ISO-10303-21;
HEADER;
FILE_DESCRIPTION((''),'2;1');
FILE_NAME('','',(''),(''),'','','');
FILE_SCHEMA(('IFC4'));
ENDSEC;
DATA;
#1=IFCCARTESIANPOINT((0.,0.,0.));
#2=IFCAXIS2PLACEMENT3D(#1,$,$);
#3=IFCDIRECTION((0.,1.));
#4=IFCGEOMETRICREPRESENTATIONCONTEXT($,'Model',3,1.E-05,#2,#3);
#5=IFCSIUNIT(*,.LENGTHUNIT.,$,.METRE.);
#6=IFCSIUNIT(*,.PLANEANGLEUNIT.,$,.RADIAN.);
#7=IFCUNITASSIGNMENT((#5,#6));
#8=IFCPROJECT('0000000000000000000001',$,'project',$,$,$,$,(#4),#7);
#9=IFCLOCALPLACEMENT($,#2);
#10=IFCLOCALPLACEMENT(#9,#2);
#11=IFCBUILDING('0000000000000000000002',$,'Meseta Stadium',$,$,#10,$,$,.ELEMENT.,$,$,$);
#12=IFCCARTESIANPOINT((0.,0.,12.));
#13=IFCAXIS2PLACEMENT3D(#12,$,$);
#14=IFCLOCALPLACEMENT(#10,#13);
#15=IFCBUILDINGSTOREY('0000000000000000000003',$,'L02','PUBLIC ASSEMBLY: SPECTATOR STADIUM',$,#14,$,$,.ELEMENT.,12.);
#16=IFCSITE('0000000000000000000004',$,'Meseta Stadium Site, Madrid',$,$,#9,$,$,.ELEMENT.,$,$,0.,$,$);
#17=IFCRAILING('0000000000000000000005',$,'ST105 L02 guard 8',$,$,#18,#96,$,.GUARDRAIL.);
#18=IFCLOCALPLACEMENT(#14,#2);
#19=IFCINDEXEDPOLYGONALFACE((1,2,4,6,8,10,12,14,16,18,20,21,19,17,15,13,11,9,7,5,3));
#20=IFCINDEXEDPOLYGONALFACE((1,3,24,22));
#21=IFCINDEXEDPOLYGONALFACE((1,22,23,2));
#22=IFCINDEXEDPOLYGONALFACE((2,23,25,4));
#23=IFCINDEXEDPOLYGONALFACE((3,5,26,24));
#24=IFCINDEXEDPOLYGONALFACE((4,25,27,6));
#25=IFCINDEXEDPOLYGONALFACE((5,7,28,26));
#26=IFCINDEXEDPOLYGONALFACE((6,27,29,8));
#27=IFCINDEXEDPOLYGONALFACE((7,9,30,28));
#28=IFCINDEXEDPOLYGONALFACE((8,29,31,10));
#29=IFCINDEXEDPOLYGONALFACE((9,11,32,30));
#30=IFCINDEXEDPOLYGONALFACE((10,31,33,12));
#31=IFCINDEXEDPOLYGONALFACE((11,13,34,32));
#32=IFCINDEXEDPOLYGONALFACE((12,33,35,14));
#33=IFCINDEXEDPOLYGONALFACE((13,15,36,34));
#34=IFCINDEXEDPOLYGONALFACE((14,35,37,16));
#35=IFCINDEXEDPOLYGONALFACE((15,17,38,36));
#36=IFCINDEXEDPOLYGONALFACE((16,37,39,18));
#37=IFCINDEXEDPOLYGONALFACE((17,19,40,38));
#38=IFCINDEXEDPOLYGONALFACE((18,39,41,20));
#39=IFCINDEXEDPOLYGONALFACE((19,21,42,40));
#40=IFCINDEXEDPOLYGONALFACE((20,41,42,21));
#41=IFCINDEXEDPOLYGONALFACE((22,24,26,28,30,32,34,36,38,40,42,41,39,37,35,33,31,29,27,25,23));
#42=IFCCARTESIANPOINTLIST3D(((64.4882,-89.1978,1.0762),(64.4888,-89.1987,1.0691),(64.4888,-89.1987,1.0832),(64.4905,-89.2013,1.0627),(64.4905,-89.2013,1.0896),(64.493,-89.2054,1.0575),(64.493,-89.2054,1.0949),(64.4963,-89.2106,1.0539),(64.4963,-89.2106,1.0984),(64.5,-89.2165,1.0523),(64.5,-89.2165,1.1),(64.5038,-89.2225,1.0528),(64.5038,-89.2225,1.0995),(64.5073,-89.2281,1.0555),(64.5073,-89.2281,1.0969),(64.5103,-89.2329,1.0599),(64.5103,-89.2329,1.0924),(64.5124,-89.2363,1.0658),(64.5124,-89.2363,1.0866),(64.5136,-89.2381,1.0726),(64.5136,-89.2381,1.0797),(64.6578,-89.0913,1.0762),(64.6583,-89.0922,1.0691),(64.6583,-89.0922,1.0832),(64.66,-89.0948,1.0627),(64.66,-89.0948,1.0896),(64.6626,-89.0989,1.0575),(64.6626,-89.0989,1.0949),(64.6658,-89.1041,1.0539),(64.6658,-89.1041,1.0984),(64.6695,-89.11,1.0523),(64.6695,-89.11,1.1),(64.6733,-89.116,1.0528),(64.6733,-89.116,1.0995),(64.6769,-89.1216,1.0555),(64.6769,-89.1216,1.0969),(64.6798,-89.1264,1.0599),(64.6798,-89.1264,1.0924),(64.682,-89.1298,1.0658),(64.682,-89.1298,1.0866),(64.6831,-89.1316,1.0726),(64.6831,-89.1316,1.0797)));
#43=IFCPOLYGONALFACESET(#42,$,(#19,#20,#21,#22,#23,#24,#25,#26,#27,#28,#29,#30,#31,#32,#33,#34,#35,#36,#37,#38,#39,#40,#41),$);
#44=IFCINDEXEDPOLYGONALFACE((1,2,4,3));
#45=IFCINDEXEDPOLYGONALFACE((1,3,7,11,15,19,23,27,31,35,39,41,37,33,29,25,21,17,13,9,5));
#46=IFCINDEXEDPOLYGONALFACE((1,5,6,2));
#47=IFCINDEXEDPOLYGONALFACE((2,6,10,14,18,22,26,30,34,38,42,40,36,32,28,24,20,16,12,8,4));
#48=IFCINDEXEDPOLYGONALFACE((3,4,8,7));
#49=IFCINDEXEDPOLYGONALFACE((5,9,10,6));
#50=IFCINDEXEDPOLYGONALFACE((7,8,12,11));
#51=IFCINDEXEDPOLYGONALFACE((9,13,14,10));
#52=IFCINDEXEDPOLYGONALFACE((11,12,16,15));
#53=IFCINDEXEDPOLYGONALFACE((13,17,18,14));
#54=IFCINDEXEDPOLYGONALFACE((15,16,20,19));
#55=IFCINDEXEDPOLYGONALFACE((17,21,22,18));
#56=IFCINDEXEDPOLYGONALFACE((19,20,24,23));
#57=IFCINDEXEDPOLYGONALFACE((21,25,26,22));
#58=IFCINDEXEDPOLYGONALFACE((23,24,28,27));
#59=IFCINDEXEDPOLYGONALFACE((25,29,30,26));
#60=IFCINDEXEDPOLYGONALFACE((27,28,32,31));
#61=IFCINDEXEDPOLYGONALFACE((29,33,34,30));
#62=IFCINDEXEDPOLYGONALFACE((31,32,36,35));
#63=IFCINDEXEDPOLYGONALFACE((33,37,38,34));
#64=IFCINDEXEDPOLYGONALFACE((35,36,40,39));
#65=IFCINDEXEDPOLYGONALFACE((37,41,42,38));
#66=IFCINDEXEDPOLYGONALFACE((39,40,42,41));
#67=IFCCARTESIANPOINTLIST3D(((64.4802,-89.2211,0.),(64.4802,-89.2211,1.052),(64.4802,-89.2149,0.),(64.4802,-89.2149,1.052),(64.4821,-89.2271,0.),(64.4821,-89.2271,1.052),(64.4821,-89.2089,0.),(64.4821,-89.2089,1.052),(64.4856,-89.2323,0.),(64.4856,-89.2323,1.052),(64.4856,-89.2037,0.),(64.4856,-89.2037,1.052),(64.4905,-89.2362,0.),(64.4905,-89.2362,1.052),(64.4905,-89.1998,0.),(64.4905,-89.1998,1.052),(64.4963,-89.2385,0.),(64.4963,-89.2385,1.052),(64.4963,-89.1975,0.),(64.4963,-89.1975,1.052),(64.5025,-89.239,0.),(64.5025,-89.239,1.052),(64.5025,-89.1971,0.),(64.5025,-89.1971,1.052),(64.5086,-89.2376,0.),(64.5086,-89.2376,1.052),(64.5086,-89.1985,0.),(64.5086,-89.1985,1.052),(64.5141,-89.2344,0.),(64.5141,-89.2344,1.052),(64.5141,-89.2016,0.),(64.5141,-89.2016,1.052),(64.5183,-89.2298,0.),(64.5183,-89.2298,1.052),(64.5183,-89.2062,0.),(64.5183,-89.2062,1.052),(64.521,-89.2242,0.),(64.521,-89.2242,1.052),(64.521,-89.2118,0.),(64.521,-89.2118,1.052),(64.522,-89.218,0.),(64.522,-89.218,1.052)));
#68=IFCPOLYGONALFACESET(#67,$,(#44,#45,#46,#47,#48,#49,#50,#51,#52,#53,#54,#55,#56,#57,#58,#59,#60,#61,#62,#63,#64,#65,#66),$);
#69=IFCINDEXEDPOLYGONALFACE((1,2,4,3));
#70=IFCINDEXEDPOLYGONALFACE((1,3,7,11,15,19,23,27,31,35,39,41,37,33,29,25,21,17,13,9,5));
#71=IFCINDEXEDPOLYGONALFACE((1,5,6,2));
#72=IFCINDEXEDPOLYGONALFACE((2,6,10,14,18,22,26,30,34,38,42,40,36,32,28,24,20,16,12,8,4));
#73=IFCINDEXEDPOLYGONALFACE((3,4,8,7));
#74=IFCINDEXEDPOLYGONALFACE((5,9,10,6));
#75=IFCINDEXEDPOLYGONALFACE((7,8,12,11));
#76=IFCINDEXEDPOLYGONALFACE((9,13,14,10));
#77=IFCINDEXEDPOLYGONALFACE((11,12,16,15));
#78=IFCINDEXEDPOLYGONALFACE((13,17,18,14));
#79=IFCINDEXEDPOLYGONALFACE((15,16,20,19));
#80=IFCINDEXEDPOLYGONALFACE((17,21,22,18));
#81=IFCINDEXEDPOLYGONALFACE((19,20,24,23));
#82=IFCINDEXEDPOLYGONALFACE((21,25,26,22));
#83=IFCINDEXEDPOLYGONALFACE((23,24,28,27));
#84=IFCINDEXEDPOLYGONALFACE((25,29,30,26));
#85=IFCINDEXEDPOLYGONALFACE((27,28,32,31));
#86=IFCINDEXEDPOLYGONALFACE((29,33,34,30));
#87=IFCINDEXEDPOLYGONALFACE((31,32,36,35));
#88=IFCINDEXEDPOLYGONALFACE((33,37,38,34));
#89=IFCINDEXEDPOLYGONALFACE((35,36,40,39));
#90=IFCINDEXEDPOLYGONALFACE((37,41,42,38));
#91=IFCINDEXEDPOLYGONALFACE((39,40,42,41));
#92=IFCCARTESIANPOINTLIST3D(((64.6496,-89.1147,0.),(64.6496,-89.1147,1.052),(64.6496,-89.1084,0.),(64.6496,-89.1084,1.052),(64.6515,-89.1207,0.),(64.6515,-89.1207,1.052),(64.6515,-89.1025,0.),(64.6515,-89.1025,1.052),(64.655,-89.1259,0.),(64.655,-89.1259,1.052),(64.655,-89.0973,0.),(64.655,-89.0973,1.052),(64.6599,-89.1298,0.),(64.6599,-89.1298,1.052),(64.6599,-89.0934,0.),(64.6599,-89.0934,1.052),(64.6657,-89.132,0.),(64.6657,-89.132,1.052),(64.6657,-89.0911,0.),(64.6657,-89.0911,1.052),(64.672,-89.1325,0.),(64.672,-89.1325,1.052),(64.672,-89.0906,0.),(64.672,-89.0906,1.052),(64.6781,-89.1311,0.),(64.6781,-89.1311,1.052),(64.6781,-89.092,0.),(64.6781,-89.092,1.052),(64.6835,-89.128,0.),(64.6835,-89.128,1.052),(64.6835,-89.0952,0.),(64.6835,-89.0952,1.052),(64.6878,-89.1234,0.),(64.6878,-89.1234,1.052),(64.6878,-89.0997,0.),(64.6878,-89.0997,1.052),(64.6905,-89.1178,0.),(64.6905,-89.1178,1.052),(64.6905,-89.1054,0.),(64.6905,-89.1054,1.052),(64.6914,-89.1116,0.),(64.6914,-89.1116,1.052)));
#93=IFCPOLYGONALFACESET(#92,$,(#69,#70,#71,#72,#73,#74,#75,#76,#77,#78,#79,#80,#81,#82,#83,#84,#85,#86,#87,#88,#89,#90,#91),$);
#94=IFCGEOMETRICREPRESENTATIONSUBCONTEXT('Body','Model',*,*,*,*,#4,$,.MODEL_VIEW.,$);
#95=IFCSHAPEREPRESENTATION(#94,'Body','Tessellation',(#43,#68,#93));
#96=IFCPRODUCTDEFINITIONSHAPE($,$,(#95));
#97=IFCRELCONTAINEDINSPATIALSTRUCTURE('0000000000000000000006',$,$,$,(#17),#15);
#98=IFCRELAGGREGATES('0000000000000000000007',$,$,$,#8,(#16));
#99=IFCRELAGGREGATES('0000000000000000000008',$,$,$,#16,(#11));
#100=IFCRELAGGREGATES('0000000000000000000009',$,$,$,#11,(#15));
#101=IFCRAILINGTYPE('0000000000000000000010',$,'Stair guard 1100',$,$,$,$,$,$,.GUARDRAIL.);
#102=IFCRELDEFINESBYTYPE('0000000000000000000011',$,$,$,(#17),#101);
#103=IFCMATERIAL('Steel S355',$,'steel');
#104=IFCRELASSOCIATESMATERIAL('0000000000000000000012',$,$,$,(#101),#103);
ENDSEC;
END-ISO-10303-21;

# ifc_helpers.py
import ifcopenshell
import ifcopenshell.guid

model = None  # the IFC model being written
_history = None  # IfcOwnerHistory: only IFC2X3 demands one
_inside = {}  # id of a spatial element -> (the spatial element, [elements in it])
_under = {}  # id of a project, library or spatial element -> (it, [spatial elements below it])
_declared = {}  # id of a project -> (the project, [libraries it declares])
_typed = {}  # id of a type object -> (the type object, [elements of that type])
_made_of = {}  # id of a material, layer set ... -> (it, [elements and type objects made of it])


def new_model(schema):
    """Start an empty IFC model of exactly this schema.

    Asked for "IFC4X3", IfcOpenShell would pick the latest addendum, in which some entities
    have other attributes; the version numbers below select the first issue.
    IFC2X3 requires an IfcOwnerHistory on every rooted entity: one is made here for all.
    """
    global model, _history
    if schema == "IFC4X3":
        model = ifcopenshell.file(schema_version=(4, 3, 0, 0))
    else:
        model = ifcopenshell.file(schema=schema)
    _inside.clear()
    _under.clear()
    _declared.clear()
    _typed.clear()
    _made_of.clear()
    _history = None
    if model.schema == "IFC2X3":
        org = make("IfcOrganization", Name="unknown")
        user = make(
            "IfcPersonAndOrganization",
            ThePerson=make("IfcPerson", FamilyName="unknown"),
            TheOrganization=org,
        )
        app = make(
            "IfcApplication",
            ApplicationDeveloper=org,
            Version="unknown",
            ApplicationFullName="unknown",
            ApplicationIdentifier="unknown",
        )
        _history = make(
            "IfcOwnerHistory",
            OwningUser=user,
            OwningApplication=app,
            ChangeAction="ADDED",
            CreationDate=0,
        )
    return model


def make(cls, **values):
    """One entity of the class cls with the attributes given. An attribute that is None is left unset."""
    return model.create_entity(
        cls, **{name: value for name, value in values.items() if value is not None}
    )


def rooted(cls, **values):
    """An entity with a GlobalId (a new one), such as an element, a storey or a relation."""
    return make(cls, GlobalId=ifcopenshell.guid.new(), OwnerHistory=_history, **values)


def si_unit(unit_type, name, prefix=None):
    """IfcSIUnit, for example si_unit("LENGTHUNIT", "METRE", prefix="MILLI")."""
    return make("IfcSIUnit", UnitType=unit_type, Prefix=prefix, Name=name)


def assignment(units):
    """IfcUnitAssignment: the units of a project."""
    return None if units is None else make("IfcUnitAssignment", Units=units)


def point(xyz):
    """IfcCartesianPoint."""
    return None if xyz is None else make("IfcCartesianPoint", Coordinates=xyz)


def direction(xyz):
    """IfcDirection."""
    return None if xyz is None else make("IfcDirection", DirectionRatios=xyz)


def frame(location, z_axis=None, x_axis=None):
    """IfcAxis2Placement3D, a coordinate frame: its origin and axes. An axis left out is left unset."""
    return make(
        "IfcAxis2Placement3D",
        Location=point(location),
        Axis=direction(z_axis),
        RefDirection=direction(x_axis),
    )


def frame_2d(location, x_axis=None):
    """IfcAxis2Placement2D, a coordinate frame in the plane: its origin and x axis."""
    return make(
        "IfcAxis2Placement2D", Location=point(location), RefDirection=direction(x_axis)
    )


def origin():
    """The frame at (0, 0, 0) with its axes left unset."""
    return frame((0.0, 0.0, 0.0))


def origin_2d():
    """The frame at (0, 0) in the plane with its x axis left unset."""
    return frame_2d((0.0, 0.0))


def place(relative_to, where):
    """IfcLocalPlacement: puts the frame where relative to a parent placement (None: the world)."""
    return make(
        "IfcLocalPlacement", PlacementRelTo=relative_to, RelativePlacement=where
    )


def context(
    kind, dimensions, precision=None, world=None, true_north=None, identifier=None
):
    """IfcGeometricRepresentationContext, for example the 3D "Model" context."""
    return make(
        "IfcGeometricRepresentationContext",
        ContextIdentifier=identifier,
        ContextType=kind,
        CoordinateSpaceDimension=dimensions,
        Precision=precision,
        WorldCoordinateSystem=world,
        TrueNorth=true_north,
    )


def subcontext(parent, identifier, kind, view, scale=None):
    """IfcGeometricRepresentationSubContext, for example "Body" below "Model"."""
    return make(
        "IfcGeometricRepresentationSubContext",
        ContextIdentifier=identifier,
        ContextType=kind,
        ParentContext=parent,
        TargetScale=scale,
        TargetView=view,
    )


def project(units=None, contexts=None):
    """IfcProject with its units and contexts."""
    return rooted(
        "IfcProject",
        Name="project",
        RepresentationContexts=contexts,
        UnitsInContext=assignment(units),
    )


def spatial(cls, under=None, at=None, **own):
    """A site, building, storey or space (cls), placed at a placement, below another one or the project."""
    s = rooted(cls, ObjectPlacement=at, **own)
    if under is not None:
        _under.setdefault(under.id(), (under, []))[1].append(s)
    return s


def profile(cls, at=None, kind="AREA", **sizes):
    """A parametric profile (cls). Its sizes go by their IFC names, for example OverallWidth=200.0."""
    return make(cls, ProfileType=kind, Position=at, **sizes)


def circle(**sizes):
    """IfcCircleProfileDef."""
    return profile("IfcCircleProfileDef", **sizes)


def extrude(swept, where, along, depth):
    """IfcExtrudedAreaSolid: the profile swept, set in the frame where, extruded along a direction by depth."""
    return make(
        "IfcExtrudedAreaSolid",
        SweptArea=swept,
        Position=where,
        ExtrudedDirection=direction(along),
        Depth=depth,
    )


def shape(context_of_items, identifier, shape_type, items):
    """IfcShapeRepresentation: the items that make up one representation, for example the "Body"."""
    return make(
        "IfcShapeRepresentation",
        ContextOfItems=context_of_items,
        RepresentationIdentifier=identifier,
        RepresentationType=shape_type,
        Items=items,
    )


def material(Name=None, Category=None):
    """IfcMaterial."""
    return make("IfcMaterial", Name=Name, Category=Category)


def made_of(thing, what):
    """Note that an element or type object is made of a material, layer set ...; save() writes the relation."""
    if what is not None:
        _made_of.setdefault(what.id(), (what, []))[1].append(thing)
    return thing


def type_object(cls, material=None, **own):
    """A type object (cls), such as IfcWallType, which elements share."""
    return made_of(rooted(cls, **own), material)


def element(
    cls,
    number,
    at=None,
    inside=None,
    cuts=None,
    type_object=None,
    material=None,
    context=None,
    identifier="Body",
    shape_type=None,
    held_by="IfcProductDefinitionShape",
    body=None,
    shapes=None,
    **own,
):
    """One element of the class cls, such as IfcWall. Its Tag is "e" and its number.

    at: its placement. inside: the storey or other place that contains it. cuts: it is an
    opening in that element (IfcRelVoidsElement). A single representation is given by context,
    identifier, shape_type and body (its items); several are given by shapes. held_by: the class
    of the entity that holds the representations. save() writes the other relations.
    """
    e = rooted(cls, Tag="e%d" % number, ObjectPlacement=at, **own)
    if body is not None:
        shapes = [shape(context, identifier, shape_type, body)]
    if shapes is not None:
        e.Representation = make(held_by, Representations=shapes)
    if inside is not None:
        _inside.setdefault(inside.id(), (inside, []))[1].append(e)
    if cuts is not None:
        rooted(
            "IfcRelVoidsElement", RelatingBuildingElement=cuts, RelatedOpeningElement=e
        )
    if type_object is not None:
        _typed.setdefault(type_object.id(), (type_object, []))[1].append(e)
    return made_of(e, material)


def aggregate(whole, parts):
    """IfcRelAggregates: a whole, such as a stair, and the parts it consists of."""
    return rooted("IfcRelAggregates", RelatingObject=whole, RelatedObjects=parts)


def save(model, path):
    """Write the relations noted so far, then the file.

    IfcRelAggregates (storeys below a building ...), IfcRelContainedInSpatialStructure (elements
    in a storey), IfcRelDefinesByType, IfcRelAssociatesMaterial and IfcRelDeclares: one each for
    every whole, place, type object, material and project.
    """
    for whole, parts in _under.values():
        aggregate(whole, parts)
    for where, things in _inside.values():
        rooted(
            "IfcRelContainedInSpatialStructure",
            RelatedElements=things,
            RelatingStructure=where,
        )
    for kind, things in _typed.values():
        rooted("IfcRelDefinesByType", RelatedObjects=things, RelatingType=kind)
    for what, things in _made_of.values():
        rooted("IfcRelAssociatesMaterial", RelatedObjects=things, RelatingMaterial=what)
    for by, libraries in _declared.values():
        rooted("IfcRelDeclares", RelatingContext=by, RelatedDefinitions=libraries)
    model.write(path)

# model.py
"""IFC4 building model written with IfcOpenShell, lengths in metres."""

from ifc_helpers import new_model, si_unit, direction, frame, origin, origin_2d, place, context, subcontext, project, spatial, circle, extrude, material, type_object, element, save


model = new_model("IFC4")

# Units and contexts
model_context = context("Model", 3, precision=1e-05, world=origin(), true_north=direction((0.0, 1.0)))
body_context = subcontext(model_context, "Body", "Model", "MODEL_VIEW")
ifc_project = project(units=[si_unit("LENGTHUNIT", "METRE"), si_unit("PLANEANGLEUNIT", "RADIAN")], contexts=[model_context])

# Site, building, storey
site_placement = place(None, origin())
site = spatial("IfcSite", under=ifc_project, at=site_placement, Name="Meseta Stadium Site, Madrid", CompositionType="ELEMENT", RefElevation=0.0)
building_placement = place(site_placement, origin())
building = spatial("IfcBuilding", under=site, at=building_placement, Name="Meseta Stadium", CompositionType="ELEMENT")
storey_placement = place(building_placement, frame((0.0, 0.0, 12.0)))
storey = spatial("IfcBuildingStorey", under=building, at=storey_placement, Name="L02", Description="PUBLIC ASSEMBLY: SPECTATOR STADIUM", CompositionType="ELEMENT", Elevation=12.0)

# Railing
ifc_material_1 = material(Name="Steel S355", Category="steel")
railing_type_1 = type_object("IfcRailingType", Name="Stair guard 1100", PredefinedType="GUARDRAIL", material=ifc_material_1)
railing_1_placement = place(storey_placement, frame((64.501, -89.218, 0.0)))
element("IfcRailing", 1, at=railing_1_placement, inside=storey, type_object=railing_type_1, Name="ST105 L02 guard 8", PredefinedType="GUARDRAIL", context=body_context, shape_type="SweptSolid", body=[
    extrude(circle(Radius=0.0239, at=origin_2d()), frame((0.0, 0.0, 1.0762), z_axis=(0.846762, 0.531972, 0.0), x_axis=(-0.531972, 0.846762, 0.0)), (0.0, 0.0, 1.0), 0.2002),
    extrude(circle(Radius=0.021, at=origin_2d()), origin(), (0.0, 0.0, 1.0), 1.052),
    extrude(circle(Radius=0.021, at=origin_2d()), frame((0.1694, 0.1064, 0.0)), (0.0, 0.0, 1.0), 1.052),
])

save(model, "model.ifc")
